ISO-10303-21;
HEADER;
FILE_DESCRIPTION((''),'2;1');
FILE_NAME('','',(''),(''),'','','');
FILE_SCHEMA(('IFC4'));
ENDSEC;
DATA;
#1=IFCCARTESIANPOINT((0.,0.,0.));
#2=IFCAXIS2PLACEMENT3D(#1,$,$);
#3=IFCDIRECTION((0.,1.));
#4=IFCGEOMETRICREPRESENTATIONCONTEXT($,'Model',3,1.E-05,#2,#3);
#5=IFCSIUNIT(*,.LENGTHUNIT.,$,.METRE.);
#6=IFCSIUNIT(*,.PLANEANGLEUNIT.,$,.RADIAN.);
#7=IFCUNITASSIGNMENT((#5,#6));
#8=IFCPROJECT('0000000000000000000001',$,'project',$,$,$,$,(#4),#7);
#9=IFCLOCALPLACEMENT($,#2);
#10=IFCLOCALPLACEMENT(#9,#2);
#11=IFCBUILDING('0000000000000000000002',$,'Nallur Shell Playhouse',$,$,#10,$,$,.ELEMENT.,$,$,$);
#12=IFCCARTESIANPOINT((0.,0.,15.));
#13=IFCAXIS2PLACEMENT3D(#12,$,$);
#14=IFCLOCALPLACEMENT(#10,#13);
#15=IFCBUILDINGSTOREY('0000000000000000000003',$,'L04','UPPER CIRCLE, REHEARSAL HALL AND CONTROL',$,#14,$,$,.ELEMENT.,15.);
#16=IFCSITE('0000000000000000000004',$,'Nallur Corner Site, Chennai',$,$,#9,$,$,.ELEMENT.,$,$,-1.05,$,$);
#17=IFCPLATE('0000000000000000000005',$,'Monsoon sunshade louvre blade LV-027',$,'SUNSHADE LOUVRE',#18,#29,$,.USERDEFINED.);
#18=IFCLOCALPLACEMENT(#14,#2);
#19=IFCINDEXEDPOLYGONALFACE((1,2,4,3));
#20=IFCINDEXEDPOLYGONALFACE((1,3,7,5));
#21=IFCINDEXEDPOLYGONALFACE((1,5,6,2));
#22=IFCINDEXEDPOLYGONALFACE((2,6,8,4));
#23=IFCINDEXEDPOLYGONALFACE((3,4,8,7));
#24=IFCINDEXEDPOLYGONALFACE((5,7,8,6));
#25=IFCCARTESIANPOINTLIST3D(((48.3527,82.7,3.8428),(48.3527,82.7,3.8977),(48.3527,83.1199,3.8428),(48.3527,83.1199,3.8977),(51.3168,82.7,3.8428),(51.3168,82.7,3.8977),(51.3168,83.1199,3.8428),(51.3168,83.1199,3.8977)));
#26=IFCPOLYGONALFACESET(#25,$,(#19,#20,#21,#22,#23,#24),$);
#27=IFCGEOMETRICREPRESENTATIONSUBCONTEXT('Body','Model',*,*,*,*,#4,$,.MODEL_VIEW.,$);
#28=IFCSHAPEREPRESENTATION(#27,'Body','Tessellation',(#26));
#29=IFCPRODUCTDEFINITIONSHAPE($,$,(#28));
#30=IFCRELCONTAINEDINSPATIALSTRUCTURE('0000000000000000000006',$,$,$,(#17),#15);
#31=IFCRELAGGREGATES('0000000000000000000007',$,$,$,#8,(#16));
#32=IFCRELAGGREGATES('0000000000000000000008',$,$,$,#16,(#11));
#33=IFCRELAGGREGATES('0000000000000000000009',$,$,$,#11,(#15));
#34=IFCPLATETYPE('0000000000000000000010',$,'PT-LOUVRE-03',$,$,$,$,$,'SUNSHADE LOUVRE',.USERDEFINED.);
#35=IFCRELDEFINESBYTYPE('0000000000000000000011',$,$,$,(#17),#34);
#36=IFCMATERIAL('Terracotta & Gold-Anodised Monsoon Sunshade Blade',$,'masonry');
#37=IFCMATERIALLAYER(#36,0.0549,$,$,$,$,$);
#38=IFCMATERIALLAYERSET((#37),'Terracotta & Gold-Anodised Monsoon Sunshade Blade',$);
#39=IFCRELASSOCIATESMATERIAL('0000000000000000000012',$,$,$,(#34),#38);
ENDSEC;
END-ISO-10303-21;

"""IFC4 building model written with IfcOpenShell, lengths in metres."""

from ifc_helpers import new_model, si_unit, direction, frame, origin, origin_2d, place, context, subcontext, project, spatial, rectangle, extrude, material, layer, layer_set, type_object, element, save


model = new_model("IFC4")

# Units and contexts
model_context = context("Model", 3, precision=1e-05, world=origin(), true_north=direction((0.0, 1.0)))
body_context = subcontext(model_context, "Body", "Model", "MODEL_VIEW")
ifc_project = project(units=[si_unit("LENGTHUNIT", "METRE"), si_unit("PLANEANGLEUNIT", "RADIAN")], contexts=[model_context])

# Site, building, storey
site_placement = place(None, origin())
site = spatial("IfcSite", under=ifc_project, at=site_placement, Name="Nallur Corner Site, Chennai", CompositionType="ELEMENT", RefElevation=-1.05)
building_placement = place(site_placement, origin())
building = spatial("IfcBuilding", under=site, at=building_placement, Name="Nallur Shell Playhouse", CompositionType="ELEMENT")
storey_placement = place(building_placement, frame((0.0, 0.0, 15.0)))
storey = spatial("IfcBuildingStorey", under=building, at=storey_placement, Name="L04", Description="UPPER CIRCLE, REHEARSAL HALL AND CONTROL", CompositionType="ELEMENT", Elevation=15.0)

# Plate
ifc_material_1 = material(Name="Terracotta & Gold-Anodised Monsoon Sunshade Blade", Category="masonry")
ifc_layer_1 = layer(ifc_material_1, 0.0549)
ifc_layer_set_1 = layer_set([ifc_layer_1], Name="Terracotta & Gold-Anodised Monsoon Sunshade Blade")
plate_type_1 = type_object("IfcPlateType", Name="PT-LOUVRE-03", ElementType="SUNSHADE LOUVRE", PredefinedType="USERDEFINED", material=ifc_layer_set_1)
plate_1_placement = place(storey_placement, frame((49.8347, 82.9099, 3.8428), z_axis=(0.0, 0.0, 1.0), x_axis=(1.0, 0.0, 0.0)))
element("IfcPlate", 1, at=plate_1_placement, inside=storey, type_object=plate_type_1, Name="Monsoon sunshade louvre blade LV-027", ObjectType="SUNSHADE LOUVRE", PredefinedType="USERDEFINED", context=body_context, shape_type="SweptSolid", body=[
    extrude(rectangle(XDim=2.9641, YDim=0.4199, at=origin_2d()), origin(), (0.0, 0.0, 1.0), 0.0549),
])

save(model, "model.ifc")
